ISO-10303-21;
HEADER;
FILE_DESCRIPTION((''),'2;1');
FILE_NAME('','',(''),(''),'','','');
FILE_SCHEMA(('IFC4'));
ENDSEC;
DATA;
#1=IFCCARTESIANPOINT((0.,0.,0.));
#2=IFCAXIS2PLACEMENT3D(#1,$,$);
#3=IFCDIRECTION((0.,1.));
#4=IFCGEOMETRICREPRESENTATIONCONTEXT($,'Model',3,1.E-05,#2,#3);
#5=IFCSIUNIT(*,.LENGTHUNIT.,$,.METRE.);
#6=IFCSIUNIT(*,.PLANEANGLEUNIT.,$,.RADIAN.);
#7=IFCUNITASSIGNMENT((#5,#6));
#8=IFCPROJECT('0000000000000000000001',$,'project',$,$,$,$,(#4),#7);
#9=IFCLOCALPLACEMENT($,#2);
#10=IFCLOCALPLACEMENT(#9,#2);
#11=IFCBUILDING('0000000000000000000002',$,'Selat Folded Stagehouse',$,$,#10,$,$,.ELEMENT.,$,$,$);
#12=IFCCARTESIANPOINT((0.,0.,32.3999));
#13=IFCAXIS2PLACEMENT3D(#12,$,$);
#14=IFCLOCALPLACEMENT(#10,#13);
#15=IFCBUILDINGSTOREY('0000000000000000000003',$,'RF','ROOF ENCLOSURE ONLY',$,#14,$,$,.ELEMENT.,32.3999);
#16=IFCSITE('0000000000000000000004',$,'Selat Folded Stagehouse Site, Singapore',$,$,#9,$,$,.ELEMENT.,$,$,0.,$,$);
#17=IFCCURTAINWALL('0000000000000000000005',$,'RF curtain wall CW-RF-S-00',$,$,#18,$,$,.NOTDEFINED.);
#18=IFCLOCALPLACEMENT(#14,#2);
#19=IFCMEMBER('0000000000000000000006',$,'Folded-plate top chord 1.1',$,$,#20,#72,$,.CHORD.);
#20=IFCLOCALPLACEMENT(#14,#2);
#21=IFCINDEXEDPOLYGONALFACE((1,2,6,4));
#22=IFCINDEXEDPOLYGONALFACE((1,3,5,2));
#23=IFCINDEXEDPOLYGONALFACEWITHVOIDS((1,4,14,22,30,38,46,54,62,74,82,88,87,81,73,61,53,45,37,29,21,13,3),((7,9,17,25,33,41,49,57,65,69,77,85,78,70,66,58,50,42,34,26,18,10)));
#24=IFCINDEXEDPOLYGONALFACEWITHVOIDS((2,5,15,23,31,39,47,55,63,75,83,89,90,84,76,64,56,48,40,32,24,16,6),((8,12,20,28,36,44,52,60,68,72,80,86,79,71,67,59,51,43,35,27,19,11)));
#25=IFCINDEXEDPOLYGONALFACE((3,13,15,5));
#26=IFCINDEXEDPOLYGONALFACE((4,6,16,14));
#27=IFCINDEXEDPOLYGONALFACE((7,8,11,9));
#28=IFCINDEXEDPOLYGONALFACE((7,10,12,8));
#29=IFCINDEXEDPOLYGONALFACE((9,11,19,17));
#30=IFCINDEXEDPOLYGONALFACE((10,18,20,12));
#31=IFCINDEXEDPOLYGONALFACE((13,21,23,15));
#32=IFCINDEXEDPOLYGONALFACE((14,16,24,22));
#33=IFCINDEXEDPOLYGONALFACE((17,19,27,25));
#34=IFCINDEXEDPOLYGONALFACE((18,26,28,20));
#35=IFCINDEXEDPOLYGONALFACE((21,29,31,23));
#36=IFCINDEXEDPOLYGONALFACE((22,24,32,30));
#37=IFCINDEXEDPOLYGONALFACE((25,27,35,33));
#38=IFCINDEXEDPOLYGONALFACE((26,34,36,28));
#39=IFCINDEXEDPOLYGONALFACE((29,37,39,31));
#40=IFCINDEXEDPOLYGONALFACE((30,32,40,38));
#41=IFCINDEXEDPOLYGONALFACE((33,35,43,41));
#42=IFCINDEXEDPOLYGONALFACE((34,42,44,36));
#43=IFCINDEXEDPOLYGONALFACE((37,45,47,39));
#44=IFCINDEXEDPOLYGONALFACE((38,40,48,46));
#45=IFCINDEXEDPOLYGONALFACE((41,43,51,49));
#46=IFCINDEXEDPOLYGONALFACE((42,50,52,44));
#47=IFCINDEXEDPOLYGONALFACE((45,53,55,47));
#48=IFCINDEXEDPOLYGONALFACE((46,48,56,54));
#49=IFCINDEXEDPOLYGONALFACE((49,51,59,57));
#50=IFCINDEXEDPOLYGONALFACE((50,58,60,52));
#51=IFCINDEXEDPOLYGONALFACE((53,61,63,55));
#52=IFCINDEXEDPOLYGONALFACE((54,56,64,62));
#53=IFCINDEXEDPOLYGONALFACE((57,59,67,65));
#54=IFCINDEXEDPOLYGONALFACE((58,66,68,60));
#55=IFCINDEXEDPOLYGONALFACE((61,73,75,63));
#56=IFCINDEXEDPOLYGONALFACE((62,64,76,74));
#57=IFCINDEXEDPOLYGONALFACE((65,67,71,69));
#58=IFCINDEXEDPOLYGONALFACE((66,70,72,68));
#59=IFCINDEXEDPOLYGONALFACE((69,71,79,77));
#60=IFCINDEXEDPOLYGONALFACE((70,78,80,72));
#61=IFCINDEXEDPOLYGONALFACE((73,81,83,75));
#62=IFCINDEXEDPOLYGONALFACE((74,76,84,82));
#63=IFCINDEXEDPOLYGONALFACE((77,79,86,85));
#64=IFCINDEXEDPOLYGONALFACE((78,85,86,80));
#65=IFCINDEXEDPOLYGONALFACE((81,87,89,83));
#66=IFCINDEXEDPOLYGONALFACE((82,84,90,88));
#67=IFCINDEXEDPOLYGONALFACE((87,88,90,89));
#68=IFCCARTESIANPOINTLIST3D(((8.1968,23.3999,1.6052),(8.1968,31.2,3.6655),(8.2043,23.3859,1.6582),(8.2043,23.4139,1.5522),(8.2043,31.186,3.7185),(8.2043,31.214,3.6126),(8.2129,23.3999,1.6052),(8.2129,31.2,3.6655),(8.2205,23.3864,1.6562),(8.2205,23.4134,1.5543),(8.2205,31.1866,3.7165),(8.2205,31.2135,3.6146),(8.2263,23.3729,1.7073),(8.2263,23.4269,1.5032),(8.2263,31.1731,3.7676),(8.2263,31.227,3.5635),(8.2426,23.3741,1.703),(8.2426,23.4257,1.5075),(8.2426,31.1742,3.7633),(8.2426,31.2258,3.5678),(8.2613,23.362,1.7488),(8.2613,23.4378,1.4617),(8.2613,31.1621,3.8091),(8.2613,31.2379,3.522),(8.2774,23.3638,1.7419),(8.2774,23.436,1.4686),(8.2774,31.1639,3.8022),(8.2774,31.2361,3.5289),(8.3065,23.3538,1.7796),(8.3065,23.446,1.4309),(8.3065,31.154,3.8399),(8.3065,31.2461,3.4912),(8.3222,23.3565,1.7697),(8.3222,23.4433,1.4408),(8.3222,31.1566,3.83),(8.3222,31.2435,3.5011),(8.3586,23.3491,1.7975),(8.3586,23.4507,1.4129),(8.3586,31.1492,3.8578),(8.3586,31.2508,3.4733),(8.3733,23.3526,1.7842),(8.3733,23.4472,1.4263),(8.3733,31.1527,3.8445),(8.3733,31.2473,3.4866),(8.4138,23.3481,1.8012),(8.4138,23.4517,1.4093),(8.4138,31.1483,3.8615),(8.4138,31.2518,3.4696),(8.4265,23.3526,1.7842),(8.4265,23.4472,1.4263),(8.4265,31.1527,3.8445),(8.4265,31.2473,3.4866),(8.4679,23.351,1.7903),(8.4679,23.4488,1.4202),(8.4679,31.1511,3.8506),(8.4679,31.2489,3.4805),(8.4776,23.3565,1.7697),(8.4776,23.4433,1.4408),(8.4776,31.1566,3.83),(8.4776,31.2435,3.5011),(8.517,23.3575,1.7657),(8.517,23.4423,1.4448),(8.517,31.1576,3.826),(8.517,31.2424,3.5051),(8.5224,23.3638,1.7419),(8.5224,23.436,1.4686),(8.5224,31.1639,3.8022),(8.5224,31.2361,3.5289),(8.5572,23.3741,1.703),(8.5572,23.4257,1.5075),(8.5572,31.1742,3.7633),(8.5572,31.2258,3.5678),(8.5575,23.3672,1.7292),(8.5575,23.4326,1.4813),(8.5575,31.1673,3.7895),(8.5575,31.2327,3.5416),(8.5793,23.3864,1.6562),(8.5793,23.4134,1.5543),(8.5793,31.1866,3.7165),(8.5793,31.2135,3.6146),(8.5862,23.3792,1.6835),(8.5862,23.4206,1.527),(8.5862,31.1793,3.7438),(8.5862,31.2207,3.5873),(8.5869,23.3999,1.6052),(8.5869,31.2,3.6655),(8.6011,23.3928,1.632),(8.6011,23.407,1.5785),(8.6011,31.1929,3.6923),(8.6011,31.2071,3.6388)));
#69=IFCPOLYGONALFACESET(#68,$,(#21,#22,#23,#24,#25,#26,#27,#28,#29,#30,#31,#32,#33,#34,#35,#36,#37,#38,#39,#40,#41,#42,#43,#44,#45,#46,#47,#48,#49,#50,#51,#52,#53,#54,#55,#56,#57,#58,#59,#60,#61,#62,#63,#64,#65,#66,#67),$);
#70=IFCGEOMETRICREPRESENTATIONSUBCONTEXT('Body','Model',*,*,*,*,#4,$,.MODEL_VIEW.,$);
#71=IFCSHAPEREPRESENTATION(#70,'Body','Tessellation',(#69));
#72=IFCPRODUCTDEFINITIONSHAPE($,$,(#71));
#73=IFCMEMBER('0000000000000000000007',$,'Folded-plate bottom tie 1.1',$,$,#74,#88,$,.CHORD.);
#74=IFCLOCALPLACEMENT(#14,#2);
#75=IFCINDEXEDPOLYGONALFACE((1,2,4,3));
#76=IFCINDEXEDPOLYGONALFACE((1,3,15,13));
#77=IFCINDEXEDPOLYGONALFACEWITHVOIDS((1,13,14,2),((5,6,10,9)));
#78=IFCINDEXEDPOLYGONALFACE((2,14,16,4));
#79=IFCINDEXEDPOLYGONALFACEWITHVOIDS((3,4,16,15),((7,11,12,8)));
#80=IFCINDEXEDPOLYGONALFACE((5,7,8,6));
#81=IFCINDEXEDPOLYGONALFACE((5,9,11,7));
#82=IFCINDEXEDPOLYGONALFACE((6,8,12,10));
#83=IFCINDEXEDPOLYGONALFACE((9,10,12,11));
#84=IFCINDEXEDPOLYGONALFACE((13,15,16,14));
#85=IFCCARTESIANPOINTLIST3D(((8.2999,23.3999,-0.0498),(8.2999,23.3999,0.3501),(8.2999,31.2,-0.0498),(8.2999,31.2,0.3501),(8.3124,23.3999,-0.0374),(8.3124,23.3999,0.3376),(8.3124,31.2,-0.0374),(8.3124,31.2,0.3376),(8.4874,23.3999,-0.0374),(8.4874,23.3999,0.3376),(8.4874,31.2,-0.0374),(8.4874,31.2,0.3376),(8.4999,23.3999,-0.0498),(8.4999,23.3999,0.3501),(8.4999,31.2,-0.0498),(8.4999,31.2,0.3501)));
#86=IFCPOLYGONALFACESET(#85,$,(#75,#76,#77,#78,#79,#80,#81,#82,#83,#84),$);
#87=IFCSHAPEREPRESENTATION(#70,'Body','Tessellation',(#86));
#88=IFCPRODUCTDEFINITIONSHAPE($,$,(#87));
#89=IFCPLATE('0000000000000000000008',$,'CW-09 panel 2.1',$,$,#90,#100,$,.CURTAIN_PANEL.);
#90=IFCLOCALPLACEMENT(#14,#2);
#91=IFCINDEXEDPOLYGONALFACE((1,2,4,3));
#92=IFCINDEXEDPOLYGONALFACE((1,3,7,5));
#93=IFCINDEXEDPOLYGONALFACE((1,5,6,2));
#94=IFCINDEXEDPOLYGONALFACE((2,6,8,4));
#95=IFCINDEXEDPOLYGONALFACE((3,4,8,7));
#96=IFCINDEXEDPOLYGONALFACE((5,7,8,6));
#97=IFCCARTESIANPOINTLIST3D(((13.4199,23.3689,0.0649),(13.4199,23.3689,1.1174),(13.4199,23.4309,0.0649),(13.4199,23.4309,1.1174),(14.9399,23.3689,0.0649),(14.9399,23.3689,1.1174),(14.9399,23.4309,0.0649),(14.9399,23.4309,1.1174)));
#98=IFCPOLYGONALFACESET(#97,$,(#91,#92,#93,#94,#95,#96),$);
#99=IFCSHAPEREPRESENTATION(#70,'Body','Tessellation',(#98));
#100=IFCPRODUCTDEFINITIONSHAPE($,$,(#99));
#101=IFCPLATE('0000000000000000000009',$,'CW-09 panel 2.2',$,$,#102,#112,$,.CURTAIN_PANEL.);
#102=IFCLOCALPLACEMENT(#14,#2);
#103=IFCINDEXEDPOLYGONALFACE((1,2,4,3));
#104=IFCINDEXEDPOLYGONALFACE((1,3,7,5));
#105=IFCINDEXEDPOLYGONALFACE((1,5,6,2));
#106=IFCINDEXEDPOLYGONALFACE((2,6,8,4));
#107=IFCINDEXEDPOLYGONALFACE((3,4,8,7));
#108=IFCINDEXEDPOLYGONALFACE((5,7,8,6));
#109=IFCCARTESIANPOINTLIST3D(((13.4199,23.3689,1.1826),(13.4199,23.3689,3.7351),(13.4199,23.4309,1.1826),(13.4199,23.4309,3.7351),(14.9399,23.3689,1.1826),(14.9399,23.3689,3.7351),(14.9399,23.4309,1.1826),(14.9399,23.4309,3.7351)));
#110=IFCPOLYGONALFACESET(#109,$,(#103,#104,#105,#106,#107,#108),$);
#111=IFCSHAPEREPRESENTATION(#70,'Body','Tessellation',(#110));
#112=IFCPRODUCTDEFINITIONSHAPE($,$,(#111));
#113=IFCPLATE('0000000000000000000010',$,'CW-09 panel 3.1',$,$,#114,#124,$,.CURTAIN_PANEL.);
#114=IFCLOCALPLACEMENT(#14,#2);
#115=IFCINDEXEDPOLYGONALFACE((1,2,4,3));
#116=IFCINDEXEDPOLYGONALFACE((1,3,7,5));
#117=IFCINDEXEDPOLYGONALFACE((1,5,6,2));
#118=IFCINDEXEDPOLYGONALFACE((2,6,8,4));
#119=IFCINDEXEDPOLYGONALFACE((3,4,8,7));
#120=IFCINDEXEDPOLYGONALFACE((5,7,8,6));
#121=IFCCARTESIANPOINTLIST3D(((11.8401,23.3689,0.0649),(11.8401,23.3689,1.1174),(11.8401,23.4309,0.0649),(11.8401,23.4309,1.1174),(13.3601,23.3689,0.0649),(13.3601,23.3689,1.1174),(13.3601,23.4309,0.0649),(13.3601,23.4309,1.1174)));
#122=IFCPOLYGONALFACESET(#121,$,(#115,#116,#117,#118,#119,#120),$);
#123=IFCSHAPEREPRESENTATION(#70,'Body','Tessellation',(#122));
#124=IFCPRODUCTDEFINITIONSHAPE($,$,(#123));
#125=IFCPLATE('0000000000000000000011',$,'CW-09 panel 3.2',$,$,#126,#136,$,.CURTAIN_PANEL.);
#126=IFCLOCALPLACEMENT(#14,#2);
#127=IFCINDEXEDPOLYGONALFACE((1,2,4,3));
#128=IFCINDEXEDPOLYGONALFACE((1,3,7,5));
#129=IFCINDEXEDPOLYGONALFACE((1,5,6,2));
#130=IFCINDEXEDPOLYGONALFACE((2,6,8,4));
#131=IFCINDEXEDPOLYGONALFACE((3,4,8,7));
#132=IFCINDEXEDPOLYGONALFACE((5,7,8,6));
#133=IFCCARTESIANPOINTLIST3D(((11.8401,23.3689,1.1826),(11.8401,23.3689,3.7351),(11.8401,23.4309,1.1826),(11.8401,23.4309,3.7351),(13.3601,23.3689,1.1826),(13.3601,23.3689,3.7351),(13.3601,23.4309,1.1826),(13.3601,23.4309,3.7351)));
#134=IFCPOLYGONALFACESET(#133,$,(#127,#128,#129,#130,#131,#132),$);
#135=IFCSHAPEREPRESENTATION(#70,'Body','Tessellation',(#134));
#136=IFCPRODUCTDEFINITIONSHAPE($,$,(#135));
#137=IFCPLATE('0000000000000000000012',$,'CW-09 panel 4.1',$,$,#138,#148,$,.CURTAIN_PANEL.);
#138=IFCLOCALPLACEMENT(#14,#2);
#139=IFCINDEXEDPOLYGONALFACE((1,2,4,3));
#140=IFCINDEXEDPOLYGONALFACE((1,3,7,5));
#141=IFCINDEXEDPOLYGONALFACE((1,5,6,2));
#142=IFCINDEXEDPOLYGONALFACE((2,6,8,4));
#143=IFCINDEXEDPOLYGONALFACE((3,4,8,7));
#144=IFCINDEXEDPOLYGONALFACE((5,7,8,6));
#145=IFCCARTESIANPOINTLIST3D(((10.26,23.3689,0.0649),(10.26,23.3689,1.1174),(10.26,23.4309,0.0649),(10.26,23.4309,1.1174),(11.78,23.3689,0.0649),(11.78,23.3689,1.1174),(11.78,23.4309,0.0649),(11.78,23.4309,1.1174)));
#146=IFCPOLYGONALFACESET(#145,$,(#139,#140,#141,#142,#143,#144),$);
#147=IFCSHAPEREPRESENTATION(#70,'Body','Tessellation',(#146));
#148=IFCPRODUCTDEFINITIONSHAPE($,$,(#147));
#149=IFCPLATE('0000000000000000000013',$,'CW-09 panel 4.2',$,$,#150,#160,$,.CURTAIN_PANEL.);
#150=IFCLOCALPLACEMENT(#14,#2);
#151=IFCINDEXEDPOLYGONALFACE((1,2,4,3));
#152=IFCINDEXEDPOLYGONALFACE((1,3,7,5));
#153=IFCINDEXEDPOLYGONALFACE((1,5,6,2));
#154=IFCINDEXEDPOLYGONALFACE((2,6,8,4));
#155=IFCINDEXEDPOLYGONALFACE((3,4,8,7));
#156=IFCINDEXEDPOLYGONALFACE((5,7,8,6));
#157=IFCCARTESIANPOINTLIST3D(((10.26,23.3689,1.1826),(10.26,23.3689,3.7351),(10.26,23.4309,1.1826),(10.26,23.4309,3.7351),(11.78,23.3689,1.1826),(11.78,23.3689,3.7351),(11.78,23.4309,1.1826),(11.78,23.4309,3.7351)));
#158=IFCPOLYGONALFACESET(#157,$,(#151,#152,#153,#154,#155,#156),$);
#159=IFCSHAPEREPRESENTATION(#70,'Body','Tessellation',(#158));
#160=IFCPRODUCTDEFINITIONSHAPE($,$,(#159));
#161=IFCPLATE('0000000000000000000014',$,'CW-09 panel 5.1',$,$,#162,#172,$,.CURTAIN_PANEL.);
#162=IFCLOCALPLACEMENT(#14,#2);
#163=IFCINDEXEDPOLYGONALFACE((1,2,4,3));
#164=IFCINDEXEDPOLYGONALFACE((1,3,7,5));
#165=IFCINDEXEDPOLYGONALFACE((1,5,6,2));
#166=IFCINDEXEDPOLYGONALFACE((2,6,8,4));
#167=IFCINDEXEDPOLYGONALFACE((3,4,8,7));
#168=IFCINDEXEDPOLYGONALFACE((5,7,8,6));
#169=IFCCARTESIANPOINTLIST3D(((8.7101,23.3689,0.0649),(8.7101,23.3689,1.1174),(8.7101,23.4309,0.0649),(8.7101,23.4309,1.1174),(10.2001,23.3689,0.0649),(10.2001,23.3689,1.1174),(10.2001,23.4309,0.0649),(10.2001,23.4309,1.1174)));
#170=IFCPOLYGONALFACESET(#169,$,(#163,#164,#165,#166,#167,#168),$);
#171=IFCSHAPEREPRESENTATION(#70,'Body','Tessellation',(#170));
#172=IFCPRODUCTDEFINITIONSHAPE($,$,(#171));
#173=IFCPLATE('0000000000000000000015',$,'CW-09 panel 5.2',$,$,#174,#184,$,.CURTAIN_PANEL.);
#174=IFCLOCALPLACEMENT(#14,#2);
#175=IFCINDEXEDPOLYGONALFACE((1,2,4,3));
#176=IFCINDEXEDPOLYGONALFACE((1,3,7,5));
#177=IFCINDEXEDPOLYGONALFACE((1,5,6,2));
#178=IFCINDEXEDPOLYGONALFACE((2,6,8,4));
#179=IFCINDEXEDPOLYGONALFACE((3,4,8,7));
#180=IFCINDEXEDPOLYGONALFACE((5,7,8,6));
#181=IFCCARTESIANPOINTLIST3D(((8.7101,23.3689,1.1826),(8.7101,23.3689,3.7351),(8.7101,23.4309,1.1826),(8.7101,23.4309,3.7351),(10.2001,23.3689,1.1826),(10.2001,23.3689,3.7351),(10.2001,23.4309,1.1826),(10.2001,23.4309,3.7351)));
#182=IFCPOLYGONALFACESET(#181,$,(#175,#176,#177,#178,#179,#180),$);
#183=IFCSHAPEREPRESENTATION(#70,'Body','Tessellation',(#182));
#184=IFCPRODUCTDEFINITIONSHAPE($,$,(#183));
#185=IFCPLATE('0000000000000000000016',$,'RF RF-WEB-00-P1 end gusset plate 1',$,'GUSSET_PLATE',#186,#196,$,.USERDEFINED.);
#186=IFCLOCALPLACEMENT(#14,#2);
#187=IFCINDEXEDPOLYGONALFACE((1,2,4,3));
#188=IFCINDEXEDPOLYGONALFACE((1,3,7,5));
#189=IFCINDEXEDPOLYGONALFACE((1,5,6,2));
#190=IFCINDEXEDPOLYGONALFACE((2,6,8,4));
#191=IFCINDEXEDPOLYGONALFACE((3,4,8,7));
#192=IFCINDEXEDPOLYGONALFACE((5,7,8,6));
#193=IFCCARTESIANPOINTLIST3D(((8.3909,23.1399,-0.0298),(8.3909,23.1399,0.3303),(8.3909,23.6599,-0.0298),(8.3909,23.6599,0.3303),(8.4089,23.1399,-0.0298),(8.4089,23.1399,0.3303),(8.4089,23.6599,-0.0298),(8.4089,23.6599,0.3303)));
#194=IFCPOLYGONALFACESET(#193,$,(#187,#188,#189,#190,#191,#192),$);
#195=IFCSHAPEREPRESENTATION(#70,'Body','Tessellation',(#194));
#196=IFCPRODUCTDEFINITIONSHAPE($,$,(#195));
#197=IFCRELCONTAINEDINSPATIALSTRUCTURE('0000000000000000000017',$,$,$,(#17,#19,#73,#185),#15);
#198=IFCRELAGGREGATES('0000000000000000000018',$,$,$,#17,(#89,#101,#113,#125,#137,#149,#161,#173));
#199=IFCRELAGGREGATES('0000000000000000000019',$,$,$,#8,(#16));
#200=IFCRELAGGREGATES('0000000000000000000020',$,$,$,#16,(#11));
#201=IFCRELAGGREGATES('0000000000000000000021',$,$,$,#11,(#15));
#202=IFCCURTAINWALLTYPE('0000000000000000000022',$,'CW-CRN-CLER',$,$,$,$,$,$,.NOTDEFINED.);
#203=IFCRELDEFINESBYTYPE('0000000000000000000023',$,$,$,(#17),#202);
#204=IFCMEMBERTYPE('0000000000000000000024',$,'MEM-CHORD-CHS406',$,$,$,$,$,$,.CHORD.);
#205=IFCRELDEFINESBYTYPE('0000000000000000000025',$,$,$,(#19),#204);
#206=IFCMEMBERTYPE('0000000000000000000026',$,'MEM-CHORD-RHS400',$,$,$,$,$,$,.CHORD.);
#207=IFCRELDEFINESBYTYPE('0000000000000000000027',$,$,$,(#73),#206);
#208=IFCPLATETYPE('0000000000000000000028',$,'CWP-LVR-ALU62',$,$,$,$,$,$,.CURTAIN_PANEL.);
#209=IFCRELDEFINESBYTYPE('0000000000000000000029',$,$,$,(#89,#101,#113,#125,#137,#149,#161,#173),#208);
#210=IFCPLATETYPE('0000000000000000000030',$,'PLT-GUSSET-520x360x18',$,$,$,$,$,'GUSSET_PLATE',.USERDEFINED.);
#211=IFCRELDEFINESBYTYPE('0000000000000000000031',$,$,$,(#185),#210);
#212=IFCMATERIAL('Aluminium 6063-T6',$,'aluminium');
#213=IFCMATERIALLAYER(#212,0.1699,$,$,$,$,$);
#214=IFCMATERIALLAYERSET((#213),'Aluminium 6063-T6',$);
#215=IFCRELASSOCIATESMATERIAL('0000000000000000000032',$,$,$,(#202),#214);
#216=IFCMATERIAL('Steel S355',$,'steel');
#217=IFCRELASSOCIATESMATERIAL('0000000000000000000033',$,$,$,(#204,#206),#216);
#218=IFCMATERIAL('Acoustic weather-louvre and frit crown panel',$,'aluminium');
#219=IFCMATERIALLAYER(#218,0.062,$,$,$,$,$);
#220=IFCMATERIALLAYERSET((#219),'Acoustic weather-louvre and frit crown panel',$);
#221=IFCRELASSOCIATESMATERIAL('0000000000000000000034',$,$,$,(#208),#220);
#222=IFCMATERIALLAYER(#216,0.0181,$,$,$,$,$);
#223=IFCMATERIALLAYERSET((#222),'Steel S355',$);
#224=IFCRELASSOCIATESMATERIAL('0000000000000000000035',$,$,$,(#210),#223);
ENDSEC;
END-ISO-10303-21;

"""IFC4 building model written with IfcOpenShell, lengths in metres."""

from ifc_helpers import new_model, si_unit, direction, frame, origin, origin_2d, place, context, subcontext, project, spatial, rectangle, hollow_rectangle, hollow_circle, extrude, material, layer, layer_set, material_profile, profile_set, type_object, element, aggregate, save


model = new_model("IFC4")

# Units and contexts
model_context = context("Model", 3, precision=1e-05, world=origin(), true_north=direction((0.0, 1.0)))
body_context = subcontext(model_context, "Body", "Model", "MODEL_VIEW")
ifc_project = project(units=[si_unit("LENGTHUNIT", "METRE"), si_unit("PLANEANGLEUNIT", "RADIAN")], contexts=[model_context])

# Site, building, storey
site_placement = place(None, origin())
site = spatial("IfcSite", under=ifc_project, at=site_placement, Name="Selat Folded Stagehouse Site, Singapore", CompositionType="ELEMENT", RefElevation=0.0)
building_placement = place(site_placement, origin())
building = spatial("IfcBuilding", under=site, at=building_placement, Name="Selat Folded Stagehouse", CompositionType="ELEMENT")
storey_placement = place(building_placement, frame((0.0, 0.0, 32.3999)))
storey = spatial("IfcBuildingStorey", under=building, at=storey_placement, Name="RF", Description="ROOF ENCLOSURE ONLY", CompositionType="ELEMENT", Elevation=32.3999)

# Shared definitions
ifc_material_1 = material(Name="Steel S355", Category="steel")

# Curtain wall
ifc_material_2 = material(Name="Aluminium 6063-T6", Category="aluminium")
ifc_layer_1 = layer(ifc_material_2, 0.1699)
ifc_layer_set_1 = layer_set([ifc_layer_1], Name="Aluminium 6063-T6")
curtain_wall_type = type_object("IfcCurtainWallType", Name="CW-CRN-CLER", PredefinedType="NOTDEFINED", material=ifc_layer_set_1)
curtain_wall_placement = place(storey_placement, origin())
curtain_wall = element("IfcCurtainWall", 1, at=curtain_wall_placement, inside=storey, type_object=curtain_wall_type, Name="RF curtain wall CW-RF-S-00", PredefinedType="NOTDEFINED")

# Members
ifc_material_profile_1 = material_profile(ifc_material_1, hollow_circle(Radius=0.2031, WallThickness=0.0161, at=origin_2d()), Name="CHS 406.4x16.0")
ifc_profile_set_1 = profile_set([ifc_material_profile_1], Name="Steel S355")
member_type_1 = type_object("IfcMemberType", Name="MEM-CHORD-CHS406", PredefinedType="CHORD", material=ifc_profile_set_1)
member_1_placement = place(storey_placement, frame((8.3999, 23.3999, 1.6052), z_axis=(0.0, 0.966841, 0.255381), x_axis=(-1.0, 0.0, 0.0)))
element("IfcMember", 2, at=member_1_placement, inside=storey, type_object=member_type_1, Name="Folded-plate top chord 1.1", PredefinedType="CHORD", context=body_context, shape_type="SweptSolid", body=[
    extrude(hollow_circle(Radius=0.2031, WallThickness=0.0161, at=origin_2d()), origin(), (0.0, 0.0, 1.0), 8.0676),
])
ifc_material_profile_2 = material_profile(ifc_material_1, hollow_rectangle(XDim=0.2, YDim=0.3999, WallThickness=0.0125, at=origin_2d()), Name="RHS 400x200x12.5")
ifc_profile_set_2 = profile_set([ifc_material_profile_2], Name="Steel S355")
member_type_2 = type_object("IfcMemberType", Name="MEM-CHORD-RHS400", PredefinedType="CHORD", material=ifc_profile_set_2)
member_2_placement = place(storey_placement, frame((8.3999, 23.3999, 0.1501), z_axis=(0.0, 1.0, 0.0), x_axis=(-1.0, 0.0, 0.0)))
element("IfcMember", 3, at=member_2_placement, inside=storey, type_object=member_type_2, Name="Folded-plate bottom tie 1.1", PredefinedType="CHORD", context=body_context, shape_type="SweptSolid", body=[
    extrude(hollow_rectangle(XDim=0.2, YDim=0.3999, WallThickness=0.0125, at=origin_2d()), origin(), (0.0, 0.0, 1.0), 7.8),
])

# Plates
ifc_material_3 = material(Name="Acoustic weather-louvre and frit crown panel", Category="aluminium")
ifc_layer_2 = layer(ifc_material_3, 0.062)
ifc_layer_set_2 = layer_set([ifc_layer_2], Name="Acoustic weather-louvre and frit crown panel")
plate_type_1 = type_object("IfcPlateType", Name="CWP-LVR-ALU62", PredefinedType="CURTAIN_PANEL", material=ifc_layer_set_2)
plate_1_placement = place(storey_placement, frame((14.1799, 23.3999, 0.0649), z_axis=(0.0, 0.0, 1.0), x_axis=(-1.0, 0.0, 0.0)))
plate_1 = element("IfcPlate", 4, at=plate_1_placement, type_object=plate_type_1, Name="CW-09 panel 2.1", PredefinedType="CURTAIN_PANEL", context=body_context, shape_type="SweptSolid", body=[
    extrude(rectangle(XDim=1.52, YDim=0.062, at=origin_2d()), origin(), (0.0, 0.0, 1.0), 1.0525),
])
plate_2_placement = place(storey_placement, frame((14.1799, 23.3999, 1.1826), z_axis=(0.0, 0.0, 1.0), x_axis=(-1.0, 0.0, 0.0)))
plate_2 = element("IfcPlate", 5, at=plate_2_placement, type_object=plate_type_1, Name="CW-09 panel 2.2", PredefinedType="CURTAIN_PANEL", context=body_context, shape_type="SweptSolid", body=[
    extrude(rectangle(XDim=1.52, YDim=0.062, at=origin_2d()), origin(), (0.0, 0.0, 1.0), 2.5525),
])
plate_3_placement = place(storey_placement, frame((12.6001, 23.3999, 0.0649), z_axis=(0.0, 0.0, 1.0), x_axis=(-1.0, 0.0, 0.0)))
plate_3 = element("IfcPlate", 6, at=plate_3_placement, type_object=plate_type_1, Name="CW-09 panel 3.1", PredefinedType="CURTAIN_PANEL", context=body_context, shape_type="SweptSolid", body=[
    extrude(rectangle(XDim=1.52, YDim=0.062, at=origin_2d()), origin(), (0.0, 0.0, 1.0), 1.0525),
])
plate_4_placement = place(storey_placement, frame((12.6001, 23.3999, 1.1826), z_axis=(0.0, 0.0, 1.0), x_axis=(-1.0, 0.0, 0.0)))
plate_4 = element("IfcPlate", 7, at=plate_4_placement, type_object=plate_type_1, Name="CW-09 panel 3.2", PredefinedType="CURTAIN_PANEL", context=body_context, shape_type="SweptSolid", body=[
    extrude(rectangle(XDim=1.52, YDim=0.062, at=origin_2d()), origin(), (0.0, 0.0, 1.0), 2.5525),
])
plate_5_placement = place(storey_placement, frame((11.02, 23.3999, 0.0649), z_axis=(0.0, 0.0, 1.0), x_axis=(-1.0, 0.0, 0.0)))
plate_5 = element("IfcPlate", 8, at=plate_5_placement, type_object=plate_type_1, Name="CW-09 panel 4.1", PredefinedType="CURTAIN_PANEL", context=body_context, shape_type="SweptSolid", body=[
    extrude(rectangle(XDim=1.52, YDim=0.062, at=origin_2d()), origin(), (0.0, 0.0, 1.0), 1.0525),
])
plate_6_placement = place(storey_placement, frame((11.02, 23.3999, 1.1826), z_axis=(0.0, 0.0, 1.0), x_axis=(-1.0, 0.0, 0.0)))
plate_6 = element("IfcPlate", 9, at=plate_6_placement, type_object=plate_type_1, Name="CW-09 panel 4.2", PredefinedType="CURTAIN_PANEL", context=body_context, shape_type="SweptSolid", body=[
    extrude(rectangle(XDim=1.52, YDim=0.062, at=origin_2d()), origin(), (0.0, 0.0, 1.0), 2.5525),
])
plate_7_placement = place(storey_placement, frame((9.4551, 23.3999, 0.0649), z_axis=(0.0, 0.0, 1.0), x_axis=(-1.0, 0.0, 0.0)))
plate_7 = element("IfcPlate", 10, at=plate_7_placement, type_object=plate_type_1, Name="CW-09 panel 5.1", PredefinedType="CURTAIN_PANEL", context=body_context, shape_type="SweptSolid", body=[
    extrude(rectangle(XDim=1.49, YDim=0.062, at=origin_2d()), origin(), (0.0, 0.0, 1.0), 1.0525),
])
plate_8_placement = place(storey_placement, frame((9.4551, 23.3999, 1.1826), z_axis=(0.0, 0.0, 1.0), x_axis=(-1.0, 0.0, 0.0)))
plate_8 = element("IfcPlate", 11, at=plate_8_placement, type_object=plate_type_1, Name="CW-09 panel 5.2", PredefinedType="CURTAIN_PANEL", context=body_context, shape_type="SweptSolid", body=[
    extrude(rectangle(XDim=1.49, YDim=0.062, at=origin_2d()), origin(), (0.0, 0.0, 1.0), 2.5525),
])
aggregate(curtain_wall, [plate_1, plate_2, plate_3, plate_4, plate_5, plate_6, plate_7, plate_8])
ifc_layer_3 = layer(ifc_material_1, 0.0181)
ifc_layer_set_3 = layer_set([ifc_layer_3], Name="Steel S355")
plate_type_2 = type_object("IfcPlateType", Name="PLT-GUSSET-520x360x18", ElementType="GUSSET_PLATE", PredefinedType="USERDEFINED", material=ifc_layer_set_3)
plate_9_placement = place(storey_placement, frame((8.3999, 23.3999, -0.0298), z_axis=(0.0, 0.0, 1.0), x_axis=(0.0, 1.0, 0.0)))
element("IfcPlate", 12, at=plate_9_placement, inside=storey, type_object=plate_type_2, Name="RF RF-WEB-00-P1 end gusset plate 1", ObjectType="GUSSET_PLATE", PredefinedType="USERDEFINED", context=body_context, shape_type="SweptSolid", body=[
    extrude(rectangle(XDim=0.52, YDim=0.0181, at=origin_2d()), origin(), (0.0, 0.0, 1.0), 0.3601),
])

save(model, "model.ifc")
